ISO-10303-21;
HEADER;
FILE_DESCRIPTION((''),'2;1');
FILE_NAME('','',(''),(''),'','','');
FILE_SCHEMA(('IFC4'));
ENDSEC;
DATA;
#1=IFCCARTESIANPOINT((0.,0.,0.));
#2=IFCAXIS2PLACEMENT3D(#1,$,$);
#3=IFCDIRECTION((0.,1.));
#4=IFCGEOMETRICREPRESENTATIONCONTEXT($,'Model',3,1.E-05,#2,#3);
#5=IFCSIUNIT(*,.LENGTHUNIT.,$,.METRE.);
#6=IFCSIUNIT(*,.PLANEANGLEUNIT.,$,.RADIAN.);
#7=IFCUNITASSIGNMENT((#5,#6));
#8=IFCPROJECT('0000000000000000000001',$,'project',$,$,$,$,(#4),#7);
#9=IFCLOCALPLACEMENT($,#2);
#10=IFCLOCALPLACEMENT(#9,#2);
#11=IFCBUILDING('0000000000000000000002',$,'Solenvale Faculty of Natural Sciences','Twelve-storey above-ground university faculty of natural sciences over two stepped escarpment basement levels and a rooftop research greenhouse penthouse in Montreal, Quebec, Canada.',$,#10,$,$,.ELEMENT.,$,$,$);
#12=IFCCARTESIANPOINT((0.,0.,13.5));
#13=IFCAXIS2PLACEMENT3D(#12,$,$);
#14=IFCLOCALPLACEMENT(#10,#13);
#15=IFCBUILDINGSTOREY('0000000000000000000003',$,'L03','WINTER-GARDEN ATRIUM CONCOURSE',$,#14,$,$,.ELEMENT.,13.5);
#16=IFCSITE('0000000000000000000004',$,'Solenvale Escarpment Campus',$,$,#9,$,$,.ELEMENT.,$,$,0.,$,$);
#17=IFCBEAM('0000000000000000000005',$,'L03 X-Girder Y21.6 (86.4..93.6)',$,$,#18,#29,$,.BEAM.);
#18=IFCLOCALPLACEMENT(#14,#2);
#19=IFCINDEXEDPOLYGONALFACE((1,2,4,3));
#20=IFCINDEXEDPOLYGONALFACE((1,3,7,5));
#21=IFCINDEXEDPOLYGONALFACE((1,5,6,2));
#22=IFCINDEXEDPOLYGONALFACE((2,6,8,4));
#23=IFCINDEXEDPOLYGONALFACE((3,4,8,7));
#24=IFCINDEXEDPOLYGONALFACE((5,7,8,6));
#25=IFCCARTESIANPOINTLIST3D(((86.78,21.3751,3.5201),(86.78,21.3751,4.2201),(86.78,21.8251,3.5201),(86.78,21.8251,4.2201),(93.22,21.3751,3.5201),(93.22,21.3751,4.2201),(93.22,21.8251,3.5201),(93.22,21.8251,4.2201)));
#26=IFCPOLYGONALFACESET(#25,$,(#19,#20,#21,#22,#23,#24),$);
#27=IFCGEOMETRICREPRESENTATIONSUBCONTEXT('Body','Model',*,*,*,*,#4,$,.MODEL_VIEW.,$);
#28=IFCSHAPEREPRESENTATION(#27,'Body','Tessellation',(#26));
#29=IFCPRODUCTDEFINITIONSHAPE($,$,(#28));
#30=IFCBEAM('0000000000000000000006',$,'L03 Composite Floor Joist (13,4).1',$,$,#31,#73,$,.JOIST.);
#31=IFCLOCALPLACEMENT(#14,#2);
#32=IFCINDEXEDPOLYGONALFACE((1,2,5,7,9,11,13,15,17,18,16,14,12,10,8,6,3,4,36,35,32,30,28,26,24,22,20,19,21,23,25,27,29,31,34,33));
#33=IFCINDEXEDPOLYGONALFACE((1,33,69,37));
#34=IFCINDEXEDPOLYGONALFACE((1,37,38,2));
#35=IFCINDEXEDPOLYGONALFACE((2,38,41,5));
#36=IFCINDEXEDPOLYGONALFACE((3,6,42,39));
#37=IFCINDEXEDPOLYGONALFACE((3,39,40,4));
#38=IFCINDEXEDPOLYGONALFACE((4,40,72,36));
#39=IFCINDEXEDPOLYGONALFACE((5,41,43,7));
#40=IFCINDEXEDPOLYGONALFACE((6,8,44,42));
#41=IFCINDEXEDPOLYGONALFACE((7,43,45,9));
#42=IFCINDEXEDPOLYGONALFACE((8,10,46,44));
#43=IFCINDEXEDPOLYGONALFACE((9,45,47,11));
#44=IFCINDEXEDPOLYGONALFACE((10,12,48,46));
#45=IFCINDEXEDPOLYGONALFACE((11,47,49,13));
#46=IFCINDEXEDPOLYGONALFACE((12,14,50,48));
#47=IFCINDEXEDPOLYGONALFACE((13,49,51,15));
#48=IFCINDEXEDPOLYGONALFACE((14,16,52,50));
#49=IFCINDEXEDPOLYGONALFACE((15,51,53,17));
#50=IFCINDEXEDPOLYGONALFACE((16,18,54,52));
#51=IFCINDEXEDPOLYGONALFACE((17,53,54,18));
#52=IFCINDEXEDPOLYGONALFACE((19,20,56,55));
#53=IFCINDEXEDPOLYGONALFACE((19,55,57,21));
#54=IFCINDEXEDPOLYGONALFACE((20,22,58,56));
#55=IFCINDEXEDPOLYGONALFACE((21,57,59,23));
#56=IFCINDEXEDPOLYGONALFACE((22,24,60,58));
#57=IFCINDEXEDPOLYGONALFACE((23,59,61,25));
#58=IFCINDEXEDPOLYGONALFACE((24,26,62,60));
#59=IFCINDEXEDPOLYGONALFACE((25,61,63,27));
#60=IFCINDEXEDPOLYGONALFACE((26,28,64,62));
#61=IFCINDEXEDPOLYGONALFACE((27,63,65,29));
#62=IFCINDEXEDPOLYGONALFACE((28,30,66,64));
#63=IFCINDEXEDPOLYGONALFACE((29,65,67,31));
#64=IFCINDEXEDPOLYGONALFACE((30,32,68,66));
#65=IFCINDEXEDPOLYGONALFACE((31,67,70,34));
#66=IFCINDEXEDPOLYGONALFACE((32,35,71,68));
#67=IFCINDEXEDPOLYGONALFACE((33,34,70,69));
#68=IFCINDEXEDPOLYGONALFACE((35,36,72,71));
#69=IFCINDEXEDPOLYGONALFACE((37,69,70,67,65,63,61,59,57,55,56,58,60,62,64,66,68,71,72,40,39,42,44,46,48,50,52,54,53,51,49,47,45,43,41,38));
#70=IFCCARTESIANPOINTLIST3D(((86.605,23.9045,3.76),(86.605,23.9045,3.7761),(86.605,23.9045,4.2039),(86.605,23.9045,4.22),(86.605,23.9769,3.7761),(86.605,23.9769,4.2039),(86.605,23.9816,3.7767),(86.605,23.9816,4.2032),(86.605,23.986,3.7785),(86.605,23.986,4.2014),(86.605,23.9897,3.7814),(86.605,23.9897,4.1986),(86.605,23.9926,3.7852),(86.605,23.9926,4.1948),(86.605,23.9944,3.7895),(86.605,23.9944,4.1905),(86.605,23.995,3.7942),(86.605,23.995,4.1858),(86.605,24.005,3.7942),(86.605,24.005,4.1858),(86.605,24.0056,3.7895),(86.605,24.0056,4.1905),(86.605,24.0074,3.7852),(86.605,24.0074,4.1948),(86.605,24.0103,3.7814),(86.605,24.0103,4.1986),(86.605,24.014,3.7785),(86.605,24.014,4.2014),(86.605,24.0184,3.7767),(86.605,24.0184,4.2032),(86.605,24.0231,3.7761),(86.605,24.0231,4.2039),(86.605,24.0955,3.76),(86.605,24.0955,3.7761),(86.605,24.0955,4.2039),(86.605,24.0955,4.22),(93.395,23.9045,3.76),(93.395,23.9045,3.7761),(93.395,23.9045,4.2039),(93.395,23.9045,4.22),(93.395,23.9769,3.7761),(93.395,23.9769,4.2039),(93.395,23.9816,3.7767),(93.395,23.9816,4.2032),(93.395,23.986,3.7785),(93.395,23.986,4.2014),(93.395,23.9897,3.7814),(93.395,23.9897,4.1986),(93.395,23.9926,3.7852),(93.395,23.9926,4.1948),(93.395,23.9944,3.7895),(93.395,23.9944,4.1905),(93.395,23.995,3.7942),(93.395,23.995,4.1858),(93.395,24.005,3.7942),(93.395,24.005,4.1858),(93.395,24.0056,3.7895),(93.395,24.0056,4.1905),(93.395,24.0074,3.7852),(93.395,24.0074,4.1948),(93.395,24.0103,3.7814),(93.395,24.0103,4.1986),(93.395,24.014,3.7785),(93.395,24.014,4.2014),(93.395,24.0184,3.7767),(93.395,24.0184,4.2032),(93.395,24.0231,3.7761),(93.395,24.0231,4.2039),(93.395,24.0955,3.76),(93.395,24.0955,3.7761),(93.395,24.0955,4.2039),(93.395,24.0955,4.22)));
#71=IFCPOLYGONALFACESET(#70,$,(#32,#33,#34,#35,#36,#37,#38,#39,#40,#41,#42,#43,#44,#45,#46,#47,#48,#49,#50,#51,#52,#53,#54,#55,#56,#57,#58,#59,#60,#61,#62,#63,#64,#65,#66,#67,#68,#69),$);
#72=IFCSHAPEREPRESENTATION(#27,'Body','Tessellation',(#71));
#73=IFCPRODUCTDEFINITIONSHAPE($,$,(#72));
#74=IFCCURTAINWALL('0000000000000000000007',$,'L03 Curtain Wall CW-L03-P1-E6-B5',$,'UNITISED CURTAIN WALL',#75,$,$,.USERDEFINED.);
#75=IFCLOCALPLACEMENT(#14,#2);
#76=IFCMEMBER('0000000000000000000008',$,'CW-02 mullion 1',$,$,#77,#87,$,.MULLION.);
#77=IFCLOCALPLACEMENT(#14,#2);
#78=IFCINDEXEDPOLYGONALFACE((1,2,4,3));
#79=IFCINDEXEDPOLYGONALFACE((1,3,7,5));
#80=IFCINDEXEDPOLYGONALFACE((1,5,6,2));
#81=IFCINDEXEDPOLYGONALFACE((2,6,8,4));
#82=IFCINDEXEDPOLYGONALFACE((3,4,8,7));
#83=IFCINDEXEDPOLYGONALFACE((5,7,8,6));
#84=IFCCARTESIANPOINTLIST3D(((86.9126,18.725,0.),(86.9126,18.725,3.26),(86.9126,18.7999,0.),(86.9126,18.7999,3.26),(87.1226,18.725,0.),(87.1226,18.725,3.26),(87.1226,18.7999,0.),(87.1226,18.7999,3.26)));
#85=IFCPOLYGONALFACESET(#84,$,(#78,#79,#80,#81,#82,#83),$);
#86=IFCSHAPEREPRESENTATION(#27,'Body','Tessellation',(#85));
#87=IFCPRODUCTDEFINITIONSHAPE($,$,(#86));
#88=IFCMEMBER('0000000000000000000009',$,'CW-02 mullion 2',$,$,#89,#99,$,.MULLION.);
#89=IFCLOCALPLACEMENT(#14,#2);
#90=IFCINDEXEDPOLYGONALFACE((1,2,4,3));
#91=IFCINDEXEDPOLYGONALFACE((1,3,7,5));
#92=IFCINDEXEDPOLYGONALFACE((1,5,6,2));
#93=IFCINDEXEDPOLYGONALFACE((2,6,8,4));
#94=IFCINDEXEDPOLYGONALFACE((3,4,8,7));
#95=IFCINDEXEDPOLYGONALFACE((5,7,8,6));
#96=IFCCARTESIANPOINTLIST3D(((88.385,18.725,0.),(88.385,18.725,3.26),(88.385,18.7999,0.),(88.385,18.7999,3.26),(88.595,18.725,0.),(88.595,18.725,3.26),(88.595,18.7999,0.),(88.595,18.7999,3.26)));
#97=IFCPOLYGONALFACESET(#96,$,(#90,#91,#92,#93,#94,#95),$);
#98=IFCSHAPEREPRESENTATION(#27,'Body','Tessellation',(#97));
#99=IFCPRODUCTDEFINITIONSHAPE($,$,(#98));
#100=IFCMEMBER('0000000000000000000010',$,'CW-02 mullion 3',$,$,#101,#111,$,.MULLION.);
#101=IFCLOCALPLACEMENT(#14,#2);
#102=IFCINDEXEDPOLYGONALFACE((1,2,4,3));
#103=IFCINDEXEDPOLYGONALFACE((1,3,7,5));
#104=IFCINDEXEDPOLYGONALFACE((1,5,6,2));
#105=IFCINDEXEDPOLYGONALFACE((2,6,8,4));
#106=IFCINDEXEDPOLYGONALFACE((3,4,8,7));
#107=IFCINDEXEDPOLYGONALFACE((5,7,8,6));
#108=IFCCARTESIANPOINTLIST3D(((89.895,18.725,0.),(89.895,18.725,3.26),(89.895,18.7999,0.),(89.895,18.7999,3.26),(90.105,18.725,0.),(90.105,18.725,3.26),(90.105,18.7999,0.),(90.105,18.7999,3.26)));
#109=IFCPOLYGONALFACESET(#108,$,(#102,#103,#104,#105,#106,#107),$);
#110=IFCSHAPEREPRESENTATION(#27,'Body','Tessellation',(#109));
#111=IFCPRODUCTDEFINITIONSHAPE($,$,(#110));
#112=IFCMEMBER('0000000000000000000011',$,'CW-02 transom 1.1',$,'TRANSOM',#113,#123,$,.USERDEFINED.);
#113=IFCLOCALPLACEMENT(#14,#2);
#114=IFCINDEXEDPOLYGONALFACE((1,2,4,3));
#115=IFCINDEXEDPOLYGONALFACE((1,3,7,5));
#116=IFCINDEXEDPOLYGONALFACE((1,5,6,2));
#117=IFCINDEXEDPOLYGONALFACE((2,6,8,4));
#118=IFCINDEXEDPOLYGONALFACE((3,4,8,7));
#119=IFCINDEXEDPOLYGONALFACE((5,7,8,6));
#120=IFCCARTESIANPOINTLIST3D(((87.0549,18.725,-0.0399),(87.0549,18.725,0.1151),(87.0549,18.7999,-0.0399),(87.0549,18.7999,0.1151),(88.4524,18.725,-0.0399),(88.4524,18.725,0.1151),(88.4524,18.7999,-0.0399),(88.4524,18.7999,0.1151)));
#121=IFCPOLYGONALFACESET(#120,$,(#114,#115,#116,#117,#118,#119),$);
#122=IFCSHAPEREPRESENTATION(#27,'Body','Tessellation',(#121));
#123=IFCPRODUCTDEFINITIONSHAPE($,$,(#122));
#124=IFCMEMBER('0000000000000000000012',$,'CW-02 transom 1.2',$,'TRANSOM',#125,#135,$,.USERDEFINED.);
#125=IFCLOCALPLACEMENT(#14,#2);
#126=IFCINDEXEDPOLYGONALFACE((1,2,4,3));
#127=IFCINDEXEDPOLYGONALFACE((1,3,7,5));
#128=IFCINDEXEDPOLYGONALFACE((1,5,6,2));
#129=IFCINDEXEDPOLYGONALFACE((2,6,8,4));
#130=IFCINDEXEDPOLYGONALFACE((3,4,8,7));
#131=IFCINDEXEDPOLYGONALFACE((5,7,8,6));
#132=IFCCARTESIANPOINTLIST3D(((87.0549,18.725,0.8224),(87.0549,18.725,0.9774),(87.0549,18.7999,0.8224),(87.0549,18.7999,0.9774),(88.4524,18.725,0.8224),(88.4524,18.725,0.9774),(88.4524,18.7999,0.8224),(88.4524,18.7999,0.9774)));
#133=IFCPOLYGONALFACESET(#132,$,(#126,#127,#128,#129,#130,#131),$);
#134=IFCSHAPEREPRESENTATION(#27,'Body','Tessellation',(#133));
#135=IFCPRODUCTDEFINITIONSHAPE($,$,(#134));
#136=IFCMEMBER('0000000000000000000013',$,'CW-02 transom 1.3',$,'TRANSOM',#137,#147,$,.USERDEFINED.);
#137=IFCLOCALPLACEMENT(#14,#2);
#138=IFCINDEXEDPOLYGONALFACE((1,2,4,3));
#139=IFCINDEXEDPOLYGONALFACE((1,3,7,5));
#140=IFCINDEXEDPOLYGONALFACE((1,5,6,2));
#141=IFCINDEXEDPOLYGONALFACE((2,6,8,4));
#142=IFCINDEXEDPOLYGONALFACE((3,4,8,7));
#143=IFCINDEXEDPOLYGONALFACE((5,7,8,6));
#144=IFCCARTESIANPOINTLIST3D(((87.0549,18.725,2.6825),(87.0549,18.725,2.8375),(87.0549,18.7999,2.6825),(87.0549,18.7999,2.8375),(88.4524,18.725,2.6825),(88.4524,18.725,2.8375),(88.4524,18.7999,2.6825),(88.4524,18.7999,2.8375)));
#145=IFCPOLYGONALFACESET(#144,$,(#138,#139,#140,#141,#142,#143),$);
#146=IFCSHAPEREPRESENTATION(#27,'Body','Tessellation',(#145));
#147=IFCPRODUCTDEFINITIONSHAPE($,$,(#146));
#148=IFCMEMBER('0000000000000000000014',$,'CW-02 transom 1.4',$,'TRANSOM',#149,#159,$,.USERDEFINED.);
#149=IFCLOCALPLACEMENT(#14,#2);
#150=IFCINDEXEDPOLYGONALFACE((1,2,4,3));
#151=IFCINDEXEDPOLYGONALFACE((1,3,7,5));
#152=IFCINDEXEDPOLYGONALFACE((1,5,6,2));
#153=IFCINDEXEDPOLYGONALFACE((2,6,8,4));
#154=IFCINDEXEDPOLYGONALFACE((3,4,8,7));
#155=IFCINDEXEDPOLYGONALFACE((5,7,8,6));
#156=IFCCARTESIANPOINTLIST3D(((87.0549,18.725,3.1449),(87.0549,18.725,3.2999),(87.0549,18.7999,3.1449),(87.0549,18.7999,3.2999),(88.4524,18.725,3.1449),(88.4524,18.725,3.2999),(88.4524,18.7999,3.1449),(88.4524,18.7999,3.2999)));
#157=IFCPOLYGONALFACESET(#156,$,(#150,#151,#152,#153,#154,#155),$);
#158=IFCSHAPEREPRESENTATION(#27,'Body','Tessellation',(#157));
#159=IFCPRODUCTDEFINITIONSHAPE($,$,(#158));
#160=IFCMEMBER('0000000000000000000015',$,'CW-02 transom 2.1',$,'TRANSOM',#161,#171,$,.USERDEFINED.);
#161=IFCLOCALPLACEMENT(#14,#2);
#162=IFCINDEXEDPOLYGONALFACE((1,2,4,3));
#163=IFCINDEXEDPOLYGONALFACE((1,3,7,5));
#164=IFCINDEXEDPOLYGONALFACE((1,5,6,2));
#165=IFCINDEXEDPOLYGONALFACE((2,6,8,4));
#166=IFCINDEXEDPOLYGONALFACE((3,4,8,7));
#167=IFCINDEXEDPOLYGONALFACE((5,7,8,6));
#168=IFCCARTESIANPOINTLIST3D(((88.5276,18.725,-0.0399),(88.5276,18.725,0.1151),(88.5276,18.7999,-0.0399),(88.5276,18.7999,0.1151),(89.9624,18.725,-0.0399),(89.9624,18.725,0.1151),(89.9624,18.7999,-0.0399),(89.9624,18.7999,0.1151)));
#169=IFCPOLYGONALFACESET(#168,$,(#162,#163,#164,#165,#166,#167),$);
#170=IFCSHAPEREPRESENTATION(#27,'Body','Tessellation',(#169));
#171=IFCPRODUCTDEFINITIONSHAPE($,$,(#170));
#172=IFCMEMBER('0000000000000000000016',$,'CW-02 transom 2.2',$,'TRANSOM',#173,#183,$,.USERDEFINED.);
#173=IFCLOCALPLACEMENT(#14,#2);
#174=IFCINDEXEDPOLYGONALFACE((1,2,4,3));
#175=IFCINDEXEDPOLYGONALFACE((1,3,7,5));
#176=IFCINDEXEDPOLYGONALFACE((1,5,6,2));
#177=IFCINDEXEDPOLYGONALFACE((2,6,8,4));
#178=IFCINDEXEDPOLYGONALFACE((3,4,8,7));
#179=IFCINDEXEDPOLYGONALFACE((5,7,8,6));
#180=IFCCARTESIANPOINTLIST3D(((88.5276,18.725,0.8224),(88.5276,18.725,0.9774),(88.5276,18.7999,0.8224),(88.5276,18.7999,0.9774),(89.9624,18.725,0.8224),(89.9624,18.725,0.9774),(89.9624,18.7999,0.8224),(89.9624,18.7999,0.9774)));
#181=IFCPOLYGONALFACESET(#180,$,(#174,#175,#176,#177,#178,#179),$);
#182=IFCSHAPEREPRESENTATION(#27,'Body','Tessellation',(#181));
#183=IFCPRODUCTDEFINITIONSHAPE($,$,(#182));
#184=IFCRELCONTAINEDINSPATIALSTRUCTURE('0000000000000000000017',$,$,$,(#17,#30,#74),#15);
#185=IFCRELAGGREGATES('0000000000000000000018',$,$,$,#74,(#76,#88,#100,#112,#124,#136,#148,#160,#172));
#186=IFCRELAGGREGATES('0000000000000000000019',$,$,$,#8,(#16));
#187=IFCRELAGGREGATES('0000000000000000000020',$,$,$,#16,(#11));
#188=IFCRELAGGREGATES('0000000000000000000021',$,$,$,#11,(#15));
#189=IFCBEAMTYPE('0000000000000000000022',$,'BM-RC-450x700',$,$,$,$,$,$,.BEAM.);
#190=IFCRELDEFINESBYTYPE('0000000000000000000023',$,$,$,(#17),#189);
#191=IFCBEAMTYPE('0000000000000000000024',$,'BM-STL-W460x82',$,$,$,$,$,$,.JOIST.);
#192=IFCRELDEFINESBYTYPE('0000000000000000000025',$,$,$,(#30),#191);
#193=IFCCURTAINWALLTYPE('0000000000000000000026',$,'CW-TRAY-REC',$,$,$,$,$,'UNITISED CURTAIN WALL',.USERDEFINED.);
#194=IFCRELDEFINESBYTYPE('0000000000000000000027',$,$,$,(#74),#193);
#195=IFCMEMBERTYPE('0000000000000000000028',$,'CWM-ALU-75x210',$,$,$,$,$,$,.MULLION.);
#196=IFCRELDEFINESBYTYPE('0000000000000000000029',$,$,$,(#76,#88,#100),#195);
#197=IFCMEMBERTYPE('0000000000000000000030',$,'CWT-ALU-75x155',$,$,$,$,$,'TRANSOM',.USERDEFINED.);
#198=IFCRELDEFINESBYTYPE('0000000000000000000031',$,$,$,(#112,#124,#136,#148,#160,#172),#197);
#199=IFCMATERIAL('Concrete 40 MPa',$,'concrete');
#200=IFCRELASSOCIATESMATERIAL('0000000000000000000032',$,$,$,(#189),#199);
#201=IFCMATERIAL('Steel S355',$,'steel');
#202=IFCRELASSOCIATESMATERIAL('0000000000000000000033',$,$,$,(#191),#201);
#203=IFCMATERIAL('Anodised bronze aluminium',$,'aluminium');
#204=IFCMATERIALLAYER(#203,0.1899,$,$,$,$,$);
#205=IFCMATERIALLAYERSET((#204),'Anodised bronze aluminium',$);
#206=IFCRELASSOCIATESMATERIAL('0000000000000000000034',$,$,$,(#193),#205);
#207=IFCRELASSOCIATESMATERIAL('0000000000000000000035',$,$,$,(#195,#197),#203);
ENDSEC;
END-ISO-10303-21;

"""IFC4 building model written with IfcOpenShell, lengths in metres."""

from ifc_helpers import new_model, si_unit, direction, frame, origin, origin_2d, place, context, subcontext, project, spatial, rectangle, i_section, extrude, material, layer, layer_set, material_profile, profile_set, type_object, element, aggregate, save


model = new_model("IFC4")

# Units and contexts
model_context = context("Model", 3, precision=1e-05, world=origin(), true_north=direction((0.0, 1.0)))
body_context = subcontext(model_context, "Body", "Model", "MODEL_VIEW")
ifc_project = project(units=[si_unit("LENGTHUNIT", "METRE"), si_unit("PLANEANGLEUNIT", "RADIAN")], contexts=[model_context])

# Site, building, storey
site_placement = place(None, origin())
site = spatial("IfcSite", under=ifc_project, at=site_placement, Name="Solenvale Escarpment Campus", CompositionType="ELEMENT", RefElevation=0.0)
building_placement = place(site_placement, origin())
building = spatial("IfcBuilding", under=site, at=building_placement, Name="Solenvale Faculty of Natural Sciences", Description="Twelve-storey above-ground university faculty of natural sciences over two stepped escarpment basement levels and a rooftop research greenhouse penthouse in Montreal, Quebec, Canada.", CompositionType="ELEMENT")
storey_placement = place(building_placement, frame((0.0, 0.0, 13.5)))
storey = spatial("IfcBuildingStorey", under=building, at=storey_placement, Name="L03", Description="WINTER-GARDEN ATRIUM CONCOURSE", CompositionType="ELEMENT", Elevation=13.5)

# Beams
ifc_material_1 = material(Name="Concrete 40 MPa", Category="concrete")
ifc_material_profile_1 = material_profile(ifc_material_1, rectangle(XDim=0.45, YDim=0.7, at=origin_2d()), Name="RC-BM-450x700")
ifc_profile_set_1 = profile_set([ifc_material_profile_1], Name="Concrete 40 MPa")
beam_type_1 = type_object("IfcBeamType", Name="BM-RC-450x700", PredefinedType="BEAM", material=ifc_profile_set_1)
beam_1_placement = place(storey_placement, frame((86.78, 21.6001, 3.8701), z_axis=(1.0, 0.0, 0.0), x_axis=(0.0, 1.0, 0.0)))
element("IfcBeam", 1, at=beam_1_placement, inside=storey, type_object=beam_type_1, Name="L03 X-Girder Y21.6 (86.4..93.6)", PredefinedType="BEAM", context=body_context, shape_type="SweptSolid", body=[
    extrude(rectangle(XDim=0.45, YDim=0.7, at=origin_2d()), origin(), (0.0, 0.0, 1.0), 6.4399),
])
ifc_material_2 = material(Name="Steel S355", Category="steel")
ifc_material_profile_2 = material_profile(ifc_material_2, i_section(OverallWidth=0.1909, OverallDepth=0.46, WebThickness=0.01, FlangeThickness=0.0161, FilletRadius=0.0181, at=origin_2d()), Name="W460x82")
ifc_profile_set_2 = profile_set([ifc_material_profile_2], Name="Steel S355")
beam_type_2 = type_object("IfcBeamType", Name="BM-STL-W460x82", PredefinedType="JOIST", material=ifc_profile_set_2)
beam_2_placement = place(storey_placement, frame((86.605, 24.0, 3.99), z_axis=(1.0, 0.0, 0.0), x_axis=(0.0, 1.0, 0.0)))
element("IfcBeam", 2, at=beam_2_placement, inside=storey, type_object=beam_type_2, Name="L03 Composite Floor Joist (13,4).1", PredefinedType="JOIST", context=body_context, shape_type="SweptSolid", body=[
    extrude(i_section(OverallWidth=0.1909, OverallDepth=0.46, WebThickness=0.01, FlangeThickness=0.0161, FilletRadius=0.0181, at=origin_2d()), origin(), (0.0, 0.0, 1.0), 6.79),
])

# Curtain wall, members
ifc_material_3 = material(Name="Anodised bronze aluminium", Category="aluminium")
ifc_layer_1 = layer(ifc_material_3, 0.1899)
ifc_layer_set_1 = layer_set([ifc_layer_1], Name="Anodised bronze aluminium")
curtain_wall_type = type_object("IfcCurtainWallType", Name="CW-TRAY-REC", ElementType="UNITISED CURTAIN WALL", PredefinedType="USERDEFINED", material=ifc_layer_set_1)
curtain_wall_placement = place(storey_placement, origin())
curtain_wall = element("IfcCurtainWall", 3, at=curtain_wall_placement, inside=storey, type_object=curtain_wall_type, Name="L03 Curtain Wall CW-L03-P1-E6-B5", ObjectType="UNITISED CURTAIN WALL", PredefinedType="USERDEFINED")
ifc_material_profile_3 = material_profile(ifc_material_3, rectangle(XDim=0.075, YDim=0.21, at=origin_2d()), Name="ALU-MUL-75x210")
ifc_profile_set_3 = profile_set([ifc_material_profile_3], Name="Anodised bronze aluminium")
member_type_1 = type_object("IfcMemberType", Name="CWM-ALU-75x210", PredefinedType="MULLION", material=ifc_profile_set_3)
member_1_placement = place(storey_placement, frame((87.0176, 18.7625, 0.0), z_axis=(0.0, 0.0, 1.0), x_axis=(0.0, 1.0, 0.0)))
member_1 = element("IfcMember", 4, at=member_1_placement, type_object=member_type_1, Name="CW-02 mullion 1", PredefinedType="MULLION", context=body_context, shape_type="SweptSolid", body=[
    extrude(rectangle(XDim=0.075, YDim=0.21, at=origin_2d()), origin(), (0.0, 0.0, 1.0), 3.26),
])
member_2_placement = place(storey_placement, frame((88.49, 18.7625, 0.0), z_axis=(0.0, 0.0, 1.0), x_axis=(0.0, 1.0, 0.0)))
member_2 = element("IfcMember", 5, at=member_2_placement, type_object=member_type_1, Name="CW-02 mullion 2", PredefinedType="MULLION", context=body_context, shape_type="SweptSolid", body=[
    extrude(rectangle(XDim=0.075, YDim=0.21, at=origin_2d()), origin(), (0.0, 0.0, 1.0), 3.26),
])
member_3_placement = place(storey_placement, frame((90.0, 18.7625, 0.0), z_axis=(0.0, 0.0, 1.0), x_axis=(0.0, 1.0, 0.0)))
member_3 = element("IfcMember", 6, at=member_3_placement, type_object=member_type_1, Name="CW-02 mullion 3", PredefinedType="MULLION", context=body_context, shape_type="SweptSolid", body=[
    extrude(rectangle(XDim=0.075, YDim=0.21, at=origin_2d()), origin(), (0.0, 0.0, 1.0), 3.26),
])
ifc_material_profile_4 = material_profile(ifc_material_3, rectangle(XDim=0.075, YDim=0.155, at=origin_2d()), Name="ALU-TRN-75x155")
ifc_profile_set_4 = profile_set([ifc_material_profile_4], Name="Anodised bronze aluminium")
member_type_2 = type_object("IfcMemberType", Name="CWT-ALU-75x155", ElementType="TRANSOM", PredefinedType="USERDEFINED", material=ifc_profile_set_4)
member_4_placement = place(storey_placement, frame((87.0549, 18.7625, 0.0376), z_axis=(1.0, 0.0, 0.0), x_axis=(0.0, 1.0, 0.0)))
member_4 = element("IfcMember", 7, at=member_4_placement, type_object=member_type_2, Name="CW-02 transom 1.1", ObjectType="TRANSOM", PredefinedType="USERDEFINED", context=body_context, shape_type="SweptSolid", body=[
    extrude(rectangle(XDim=0.075, YDim=0.155, at=origin_2d()), origin(), (0.0, 0.0, 1.0), 1.3975),
])
member_5_placement = place(storey_placement, frame((87.0549, 18.7625, 0.8999), z_axis=(1.0, 0.0, 0.0), x_axis=(0.0, 1.0, 0.0)))
member_5 = element("IfcMember", 8, at=member_5_placement, type_object=member_type_2, Name="CW-02 transom 1.2", ObjectType="TRANSOM", PredefinedType="USERDEFINED", context=body_context, shape_type="SweptSolid", body=[
    extrude(rectangle(XDim=0.075, YDim=0.155, at=origin_2d()), origin(), (0.0, 0.0, 1.0), 1.3975),
])
member_6_placement = place(storey_placement, frame((87.0549, 18.7625, 2.76), z_axis=(1.0, 0.0, 0.0), x_axis=(0.0, 1.0, 0.0)))
member_6 = element("IfcMember", 9, at=member_6_placement, type_object=member_type_2, Name="CW-02 transom 1.3", ObjectType="TRANSOM", PredefinedType="USERDEFINED", context=body_context, shape_type="SweptSolid", body=[
    extrude(rectangle(XDim=0.075, YDim=0.155, at=origin_2d()), origin(), (0.0, 0.0, 1.0), 1.3975),
])
member_7_placement = place(storey_placement, frame((87.0549, 18.7625, 3.2224), z_axis=(1.0, 0.0, 0.0), x_axis=(0.0, 1.0, 0.0)))
member_7 = element("IfcMember", 10, at=member_7_placement, type_object=member_type_2, Name="CW-02 transom 1.4", ObjectType="TRANSOM", PredefinedType="USERDEFINED", context=body_context, shape_type="SweptSolid", body=[
    extrude(rectangle(XDim=0.075, YDim=0.155, at=origin_2d()), origin(), (0.0, 0.0, 1.0), 1.3975),
])
member_8_placement = place(storey_placement, frame((88.5276, 18.7625, 0.0376), z_axis=(1.0, 0.0, 0.0), x_axis=(0.0, 1.0, 0.0)))
member_8 = element("IfcMember", 11, at=member_8_placement, type_object=member_type_2, Name="CW-02 transom 2.1", ObjectType="TRANSOM", PredefinedType="USERDEFINED", context=body_context, shape_type="SweptSolid", body=[
    extrude(rectangle(XDim=0.075, YDim=0.155, at=origin_2d()), origin(), (0.0, 0.0, 1.0), 1.4348),
])
member_9_placement = place(storey_placement, frame((88.5276, 18.7625, 0.8999), z_axis=(1.0, 0.0, 0.0), x_axis=(0.0, 1.0, 0.0)))
member_9 = element("IfcMember", 12, at=member_9_placement, type_object=member_type_2, Name="CW-02 transom 2.2", ObjectType="TRANSOM", PredefinedType="USERDEFINED", context=body_context, shape_type="SweptSolid", body=[
    extrude(rectangle(XDim=0.075, YDim=0.155, at=origin_2d()), origin(), (0.0, 0.0, 1.0), 1.4348),
])
aggregate(curtain_wall, [member_1, member_2, member_3, member_4, member_5, member_6, member_7, member_8, member_9])

save(model, "model.ifc")
